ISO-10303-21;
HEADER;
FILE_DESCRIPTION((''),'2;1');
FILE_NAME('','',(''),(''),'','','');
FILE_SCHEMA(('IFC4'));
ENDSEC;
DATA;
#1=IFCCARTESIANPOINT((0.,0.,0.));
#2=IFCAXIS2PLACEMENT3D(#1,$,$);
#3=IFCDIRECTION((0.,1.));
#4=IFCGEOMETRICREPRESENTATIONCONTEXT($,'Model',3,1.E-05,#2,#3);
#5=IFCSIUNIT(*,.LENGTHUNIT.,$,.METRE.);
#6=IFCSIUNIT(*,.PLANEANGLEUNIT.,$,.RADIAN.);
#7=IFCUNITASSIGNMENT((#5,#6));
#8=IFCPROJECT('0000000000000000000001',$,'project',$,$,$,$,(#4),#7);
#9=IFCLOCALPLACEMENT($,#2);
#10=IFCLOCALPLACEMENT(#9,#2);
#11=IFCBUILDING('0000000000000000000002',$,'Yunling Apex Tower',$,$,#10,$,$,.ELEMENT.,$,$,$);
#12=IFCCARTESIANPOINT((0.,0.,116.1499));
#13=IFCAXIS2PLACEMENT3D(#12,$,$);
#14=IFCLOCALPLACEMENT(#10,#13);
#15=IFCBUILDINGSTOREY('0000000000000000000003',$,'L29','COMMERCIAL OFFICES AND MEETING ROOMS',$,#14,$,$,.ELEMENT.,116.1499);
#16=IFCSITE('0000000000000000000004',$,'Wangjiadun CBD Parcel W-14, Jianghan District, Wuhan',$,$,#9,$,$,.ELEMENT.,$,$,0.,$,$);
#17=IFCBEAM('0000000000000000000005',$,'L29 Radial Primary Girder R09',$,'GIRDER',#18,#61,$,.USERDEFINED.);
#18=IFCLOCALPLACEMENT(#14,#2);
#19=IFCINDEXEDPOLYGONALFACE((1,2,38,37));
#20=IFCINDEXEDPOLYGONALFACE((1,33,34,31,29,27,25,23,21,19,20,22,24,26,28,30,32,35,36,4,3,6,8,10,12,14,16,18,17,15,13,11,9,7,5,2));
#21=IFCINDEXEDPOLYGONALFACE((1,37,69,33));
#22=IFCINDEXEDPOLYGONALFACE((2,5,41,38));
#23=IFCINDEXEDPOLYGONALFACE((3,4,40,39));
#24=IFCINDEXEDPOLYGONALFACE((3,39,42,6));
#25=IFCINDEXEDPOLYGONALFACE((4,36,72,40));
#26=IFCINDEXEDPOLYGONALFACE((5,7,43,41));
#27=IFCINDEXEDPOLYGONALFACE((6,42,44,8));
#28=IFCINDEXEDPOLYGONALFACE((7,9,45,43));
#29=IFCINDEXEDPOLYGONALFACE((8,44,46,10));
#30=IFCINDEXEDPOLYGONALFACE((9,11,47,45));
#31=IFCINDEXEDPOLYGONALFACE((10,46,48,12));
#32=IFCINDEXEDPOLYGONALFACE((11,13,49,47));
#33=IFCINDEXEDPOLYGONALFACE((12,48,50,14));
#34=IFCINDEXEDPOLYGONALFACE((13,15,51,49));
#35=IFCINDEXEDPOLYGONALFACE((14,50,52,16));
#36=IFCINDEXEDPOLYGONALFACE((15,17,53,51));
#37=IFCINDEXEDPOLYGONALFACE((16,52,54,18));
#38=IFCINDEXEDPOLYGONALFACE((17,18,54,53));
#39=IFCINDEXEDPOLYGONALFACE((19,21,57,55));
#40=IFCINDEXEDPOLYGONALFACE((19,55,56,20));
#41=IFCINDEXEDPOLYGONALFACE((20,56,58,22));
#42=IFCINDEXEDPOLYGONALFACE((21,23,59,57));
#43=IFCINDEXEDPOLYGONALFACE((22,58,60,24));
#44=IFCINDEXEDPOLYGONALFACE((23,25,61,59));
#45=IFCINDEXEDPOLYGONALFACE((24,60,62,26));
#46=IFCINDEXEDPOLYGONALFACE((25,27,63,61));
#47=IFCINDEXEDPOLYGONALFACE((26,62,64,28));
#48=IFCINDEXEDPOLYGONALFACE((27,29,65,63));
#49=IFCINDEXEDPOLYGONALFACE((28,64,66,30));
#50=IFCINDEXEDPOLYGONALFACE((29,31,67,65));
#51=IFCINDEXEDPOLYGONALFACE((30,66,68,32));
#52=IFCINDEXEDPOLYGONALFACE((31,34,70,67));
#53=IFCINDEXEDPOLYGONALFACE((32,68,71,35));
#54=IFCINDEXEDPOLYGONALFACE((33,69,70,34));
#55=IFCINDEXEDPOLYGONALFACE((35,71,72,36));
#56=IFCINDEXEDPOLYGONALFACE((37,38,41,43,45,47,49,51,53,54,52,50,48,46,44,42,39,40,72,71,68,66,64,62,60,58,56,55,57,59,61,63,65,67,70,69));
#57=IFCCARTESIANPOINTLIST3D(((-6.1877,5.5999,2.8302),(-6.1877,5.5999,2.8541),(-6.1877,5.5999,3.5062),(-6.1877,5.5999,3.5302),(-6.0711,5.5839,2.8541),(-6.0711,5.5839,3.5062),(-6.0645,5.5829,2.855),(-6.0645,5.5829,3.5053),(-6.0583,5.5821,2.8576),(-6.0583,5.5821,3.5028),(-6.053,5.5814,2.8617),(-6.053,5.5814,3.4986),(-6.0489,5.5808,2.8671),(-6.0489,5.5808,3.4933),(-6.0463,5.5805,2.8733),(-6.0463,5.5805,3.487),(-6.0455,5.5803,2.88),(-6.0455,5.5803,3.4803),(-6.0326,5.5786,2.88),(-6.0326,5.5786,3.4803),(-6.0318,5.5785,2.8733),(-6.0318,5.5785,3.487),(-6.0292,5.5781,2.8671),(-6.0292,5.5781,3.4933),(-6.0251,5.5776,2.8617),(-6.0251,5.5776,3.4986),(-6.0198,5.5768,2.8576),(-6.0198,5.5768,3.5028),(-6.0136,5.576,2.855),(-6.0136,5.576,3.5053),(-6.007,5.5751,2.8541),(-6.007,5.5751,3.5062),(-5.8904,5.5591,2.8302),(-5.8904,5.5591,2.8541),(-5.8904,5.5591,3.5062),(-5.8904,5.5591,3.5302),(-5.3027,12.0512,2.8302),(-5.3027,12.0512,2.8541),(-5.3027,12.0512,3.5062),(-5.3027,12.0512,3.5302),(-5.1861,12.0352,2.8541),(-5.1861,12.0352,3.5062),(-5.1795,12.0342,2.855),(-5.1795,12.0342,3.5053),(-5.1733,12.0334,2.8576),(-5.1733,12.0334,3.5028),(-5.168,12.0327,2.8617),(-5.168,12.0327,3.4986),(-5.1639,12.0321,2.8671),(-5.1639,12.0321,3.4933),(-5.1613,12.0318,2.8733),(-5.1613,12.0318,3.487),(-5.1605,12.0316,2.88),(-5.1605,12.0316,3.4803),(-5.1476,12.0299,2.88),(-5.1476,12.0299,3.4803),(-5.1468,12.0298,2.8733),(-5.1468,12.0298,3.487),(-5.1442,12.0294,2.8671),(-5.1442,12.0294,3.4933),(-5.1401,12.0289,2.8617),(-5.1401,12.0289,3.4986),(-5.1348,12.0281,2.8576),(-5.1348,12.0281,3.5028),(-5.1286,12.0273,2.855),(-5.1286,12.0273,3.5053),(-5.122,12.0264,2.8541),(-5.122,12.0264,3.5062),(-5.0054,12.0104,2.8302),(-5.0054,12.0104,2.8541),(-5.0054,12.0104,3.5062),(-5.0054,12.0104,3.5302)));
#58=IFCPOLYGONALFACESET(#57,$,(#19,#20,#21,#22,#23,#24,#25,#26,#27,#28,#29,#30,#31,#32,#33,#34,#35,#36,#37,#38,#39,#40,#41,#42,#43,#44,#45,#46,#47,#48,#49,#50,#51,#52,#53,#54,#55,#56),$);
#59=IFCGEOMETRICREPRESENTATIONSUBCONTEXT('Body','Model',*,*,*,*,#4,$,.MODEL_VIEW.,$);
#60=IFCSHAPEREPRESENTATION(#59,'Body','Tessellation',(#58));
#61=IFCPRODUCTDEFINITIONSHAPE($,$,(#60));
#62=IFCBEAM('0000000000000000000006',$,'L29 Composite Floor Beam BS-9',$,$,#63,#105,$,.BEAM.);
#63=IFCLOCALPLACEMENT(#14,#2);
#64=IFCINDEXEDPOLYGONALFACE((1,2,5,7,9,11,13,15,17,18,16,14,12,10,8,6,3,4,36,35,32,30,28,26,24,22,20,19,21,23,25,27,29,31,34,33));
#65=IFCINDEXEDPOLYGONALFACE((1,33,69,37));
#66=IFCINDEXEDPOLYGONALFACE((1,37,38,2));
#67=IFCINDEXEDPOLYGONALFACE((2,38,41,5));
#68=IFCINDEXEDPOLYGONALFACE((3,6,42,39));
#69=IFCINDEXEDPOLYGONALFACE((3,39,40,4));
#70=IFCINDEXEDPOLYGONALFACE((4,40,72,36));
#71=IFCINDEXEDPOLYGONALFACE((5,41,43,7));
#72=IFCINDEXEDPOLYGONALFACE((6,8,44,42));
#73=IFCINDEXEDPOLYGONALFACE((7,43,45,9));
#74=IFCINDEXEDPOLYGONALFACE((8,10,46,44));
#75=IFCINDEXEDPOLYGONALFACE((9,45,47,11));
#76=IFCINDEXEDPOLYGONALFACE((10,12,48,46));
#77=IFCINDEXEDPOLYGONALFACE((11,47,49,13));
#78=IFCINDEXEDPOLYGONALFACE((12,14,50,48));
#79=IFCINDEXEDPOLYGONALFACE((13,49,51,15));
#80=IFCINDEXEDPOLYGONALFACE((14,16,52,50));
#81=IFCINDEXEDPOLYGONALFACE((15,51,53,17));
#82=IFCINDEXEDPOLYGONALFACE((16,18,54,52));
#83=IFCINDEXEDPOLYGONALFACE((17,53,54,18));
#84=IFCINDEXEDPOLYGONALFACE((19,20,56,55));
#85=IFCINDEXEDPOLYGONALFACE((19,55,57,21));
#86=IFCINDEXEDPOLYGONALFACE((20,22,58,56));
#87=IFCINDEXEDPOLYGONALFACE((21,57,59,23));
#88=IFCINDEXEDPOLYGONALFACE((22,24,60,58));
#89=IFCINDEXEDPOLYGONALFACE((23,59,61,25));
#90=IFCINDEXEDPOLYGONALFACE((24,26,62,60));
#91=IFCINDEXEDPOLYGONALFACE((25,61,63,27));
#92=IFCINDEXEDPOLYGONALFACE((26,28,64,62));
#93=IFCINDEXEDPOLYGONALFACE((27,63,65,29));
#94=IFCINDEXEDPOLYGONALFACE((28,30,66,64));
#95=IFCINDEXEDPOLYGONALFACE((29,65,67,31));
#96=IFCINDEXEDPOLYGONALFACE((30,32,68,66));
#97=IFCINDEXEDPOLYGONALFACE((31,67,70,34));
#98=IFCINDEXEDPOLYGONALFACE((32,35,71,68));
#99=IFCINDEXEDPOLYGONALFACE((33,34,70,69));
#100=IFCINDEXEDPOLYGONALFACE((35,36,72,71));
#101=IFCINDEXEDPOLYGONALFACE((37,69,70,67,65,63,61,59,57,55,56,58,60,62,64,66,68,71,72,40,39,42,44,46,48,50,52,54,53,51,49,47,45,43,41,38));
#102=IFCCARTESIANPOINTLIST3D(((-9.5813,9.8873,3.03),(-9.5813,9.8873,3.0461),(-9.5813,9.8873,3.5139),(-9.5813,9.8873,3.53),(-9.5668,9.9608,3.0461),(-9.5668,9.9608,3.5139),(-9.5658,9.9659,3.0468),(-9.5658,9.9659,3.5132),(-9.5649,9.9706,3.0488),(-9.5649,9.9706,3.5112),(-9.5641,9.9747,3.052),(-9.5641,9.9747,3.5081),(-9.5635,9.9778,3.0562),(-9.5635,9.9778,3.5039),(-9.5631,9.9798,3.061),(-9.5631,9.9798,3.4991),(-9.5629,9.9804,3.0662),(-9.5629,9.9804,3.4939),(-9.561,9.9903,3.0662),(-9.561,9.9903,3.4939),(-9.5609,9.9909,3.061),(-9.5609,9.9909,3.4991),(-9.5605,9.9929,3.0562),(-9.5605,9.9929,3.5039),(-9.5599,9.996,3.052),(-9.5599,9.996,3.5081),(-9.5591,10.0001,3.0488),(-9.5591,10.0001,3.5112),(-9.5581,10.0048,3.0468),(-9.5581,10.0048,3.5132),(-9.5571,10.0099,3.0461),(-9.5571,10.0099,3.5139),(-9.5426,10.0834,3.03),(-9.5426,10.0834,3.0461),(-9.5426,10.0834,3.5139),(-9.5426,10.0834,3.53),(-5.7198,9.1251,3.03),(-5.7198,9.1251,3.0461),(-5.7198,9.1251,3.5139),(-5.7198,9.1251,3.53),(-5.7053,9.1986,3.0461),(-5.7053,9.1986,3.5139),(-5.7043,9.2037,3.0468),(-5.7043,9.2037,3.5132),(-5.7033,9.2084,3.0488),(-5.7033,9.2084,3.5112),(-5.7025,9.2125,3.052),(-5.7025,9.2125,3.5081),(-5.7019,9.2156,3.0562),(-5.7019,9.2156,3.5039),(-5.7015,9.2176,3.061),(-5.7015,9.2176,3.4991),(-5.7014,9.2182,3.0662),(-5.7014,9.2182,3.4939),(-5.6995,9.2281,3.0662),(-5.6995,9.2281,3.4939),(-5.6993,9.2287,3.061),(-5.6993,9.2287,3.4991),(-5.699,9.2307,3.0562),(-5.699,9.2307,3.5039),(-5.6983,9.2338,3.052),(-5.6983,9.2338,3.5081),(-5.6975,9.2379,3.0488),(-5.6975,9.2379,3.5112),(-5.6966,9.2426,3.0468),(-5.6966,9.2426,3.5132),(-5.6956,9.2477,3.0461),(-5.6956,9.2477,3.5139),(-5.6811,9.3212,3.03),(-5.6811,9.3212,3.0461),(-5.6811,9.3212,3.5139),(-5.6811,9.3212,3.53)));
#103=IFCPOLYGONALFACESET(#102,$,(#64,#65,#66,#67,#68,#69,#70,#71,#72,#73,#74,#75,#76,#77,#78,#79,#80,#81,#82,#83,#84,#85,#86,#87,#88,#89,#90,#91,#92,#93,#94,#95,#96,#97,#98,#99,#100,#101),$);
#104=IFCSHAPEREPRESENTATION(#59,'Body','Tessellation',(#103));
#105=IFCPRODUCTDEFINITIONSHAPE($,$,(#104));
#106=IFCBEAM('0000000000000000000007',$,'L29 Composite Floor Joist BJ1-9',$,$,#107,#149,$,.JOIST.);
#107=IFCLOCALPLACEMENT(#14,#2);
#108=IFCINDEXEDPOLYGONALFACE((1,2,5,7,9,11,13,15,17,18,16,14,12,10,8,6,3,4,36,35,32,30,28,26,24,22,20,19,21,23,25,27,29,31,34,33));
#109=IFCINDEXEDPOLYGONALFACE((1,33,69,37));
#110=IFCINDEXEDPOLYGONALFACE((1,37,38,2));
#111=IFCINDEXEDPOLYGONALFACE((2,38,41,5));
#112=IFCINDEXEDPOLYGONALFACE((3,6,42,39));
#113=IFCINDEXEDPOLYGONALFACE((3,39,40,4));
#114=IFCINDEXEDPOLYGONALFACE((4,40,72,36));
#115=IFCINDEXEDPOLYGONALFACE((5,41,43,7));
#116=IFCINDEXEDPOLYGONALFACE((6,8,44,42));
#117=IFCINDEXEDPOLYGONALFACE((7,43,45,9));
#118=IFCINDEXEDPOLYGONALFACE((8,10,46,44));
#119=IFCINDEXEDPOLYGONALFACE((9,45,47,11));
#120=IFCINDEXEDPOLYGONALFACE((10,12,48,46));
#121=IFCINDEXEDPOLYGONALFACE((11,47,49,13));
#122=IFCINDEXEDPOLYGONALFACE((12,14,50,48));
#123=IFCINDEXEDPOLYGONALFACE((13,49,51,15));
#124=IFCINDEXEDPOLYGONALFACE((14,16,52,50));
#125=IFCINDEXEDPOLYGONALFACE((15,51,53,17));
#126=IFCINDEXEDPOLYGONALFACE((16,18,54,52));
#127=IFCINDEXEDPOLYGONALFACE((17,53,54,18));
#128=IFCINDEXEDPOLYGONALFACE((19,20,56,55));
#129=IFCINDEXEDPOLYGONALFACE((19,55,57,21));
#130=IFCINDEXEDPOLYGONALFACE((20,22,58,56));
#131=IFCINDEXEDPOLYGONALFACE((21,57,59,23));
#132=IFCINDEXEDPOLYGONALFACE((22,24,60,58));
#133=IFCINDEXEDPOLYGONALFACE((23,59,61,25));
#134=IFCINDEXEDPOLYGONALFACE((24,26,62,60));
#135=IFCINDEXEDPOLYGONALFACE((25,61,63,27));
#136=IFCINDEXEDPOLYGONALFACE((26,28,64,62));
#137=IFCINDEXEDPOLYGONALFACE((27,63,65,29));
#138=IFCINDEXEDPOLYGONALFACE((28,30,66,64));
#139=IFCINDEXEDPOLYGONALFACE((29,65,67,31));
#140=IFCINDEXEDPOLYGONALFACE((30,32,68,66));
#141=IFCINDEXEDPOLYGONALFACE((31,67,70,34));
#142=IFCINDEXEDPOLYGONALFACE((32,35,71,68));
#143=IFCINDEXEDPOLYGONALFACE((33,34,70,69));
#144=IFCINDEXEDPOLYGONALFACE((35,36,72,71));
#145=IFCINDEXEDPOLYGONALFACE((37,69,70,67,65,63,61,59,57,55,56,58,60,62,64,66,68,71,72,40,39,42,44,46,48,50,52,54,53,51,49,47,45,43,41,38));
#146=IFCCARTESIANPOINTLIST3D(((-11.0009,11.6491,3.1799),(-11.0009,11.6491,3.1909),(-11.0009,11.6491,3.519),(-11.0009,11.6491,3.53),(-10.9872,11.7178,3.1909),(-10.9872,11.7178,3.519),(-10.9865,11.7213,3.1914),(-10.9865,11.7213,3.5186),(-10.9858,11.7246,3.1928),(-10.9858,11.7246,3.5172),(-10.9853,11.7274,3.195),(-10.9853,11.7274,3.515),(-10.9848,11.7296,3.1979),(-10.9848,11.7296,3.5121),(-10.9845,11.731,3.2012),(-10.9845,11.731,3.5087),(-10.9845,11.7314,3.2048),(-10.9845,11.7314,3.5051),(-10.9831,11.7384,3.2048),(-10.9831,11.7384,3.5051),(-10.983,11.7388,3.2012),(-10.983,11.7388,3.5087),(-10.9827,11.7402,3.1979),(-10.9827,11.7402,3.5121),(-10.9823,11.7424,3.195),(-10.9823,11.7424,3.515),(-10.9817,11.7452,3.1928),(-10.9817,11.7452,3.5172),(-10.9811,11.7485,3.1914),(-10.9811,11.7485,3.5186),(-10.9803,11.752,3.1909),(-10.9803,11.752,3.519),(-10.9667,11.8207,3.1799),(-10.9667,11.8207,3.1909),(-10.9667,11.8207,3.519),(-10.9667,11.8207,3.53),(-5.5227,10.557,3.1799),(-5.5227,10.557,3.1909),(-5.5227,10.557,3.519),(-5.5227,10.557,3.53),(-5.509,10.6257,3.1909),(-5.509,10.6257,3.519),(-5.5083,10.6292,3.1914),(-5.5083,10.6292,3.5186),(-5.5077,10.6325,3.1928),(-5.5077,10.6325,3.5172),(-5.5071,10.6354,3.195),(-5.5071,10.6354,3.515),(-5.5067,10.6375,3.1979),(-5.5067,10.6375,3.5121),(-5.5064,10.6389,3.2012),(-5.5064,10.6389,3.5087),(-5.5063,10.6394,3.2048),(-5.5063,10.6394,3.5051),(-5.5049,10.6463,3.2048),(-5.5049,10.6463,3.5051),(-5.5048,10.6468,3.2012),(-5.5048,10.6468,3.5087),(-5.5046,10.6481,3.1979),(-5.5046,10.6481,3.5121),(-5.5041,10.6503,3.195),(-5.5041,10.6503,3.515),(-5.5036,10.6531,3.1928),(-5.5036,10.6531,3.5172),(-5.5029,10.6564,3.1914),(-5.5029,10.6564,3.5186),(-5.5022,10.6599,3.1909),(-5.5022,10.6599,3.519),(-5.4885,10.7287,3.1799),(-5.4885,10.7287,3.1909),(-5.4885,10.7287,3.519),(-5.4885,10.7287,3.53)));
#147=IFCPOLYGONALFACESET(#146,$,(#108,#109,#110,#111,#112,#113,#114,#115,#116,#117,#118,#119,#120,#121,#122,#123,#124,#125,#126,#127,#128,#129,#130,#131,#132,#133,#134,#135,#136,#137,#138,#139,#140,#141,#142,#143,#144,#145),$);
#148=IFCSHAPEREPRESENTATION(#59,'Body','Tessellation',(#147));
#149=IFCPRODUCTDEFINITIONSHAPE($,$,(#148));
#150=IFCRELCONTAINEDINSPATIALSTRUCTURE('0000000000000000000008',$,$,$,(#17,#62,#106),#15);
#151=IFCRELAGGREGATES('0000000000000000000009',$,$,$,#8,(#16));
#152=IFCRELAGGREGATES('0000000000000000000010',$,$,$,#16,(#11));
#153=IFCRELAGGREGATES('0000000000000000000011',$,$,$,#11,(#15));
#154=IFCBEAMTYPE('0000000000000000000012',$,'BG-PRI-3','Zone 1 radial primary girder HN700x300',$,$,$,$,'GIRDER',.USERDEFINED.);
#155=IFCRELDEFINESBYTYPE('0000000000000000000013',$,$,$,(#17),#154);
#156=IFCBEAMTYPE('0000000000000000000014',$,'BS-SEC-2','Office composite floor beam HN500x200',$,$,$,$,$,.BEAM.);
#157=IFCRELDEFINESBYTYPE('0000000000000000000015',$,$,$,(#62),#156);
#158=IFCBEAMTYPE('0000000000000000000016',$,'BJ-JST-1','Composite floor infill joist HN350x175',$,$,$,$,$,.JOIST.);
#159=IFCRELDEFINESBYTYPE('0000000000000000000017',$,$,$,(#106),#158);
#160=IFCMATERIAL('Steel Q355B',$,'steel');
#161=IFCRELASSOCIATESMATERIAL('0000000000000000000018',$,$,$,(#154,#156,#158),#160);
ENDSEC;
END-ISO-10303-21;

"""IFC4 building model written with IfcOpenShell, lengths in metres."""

from ifc_helpers import new_model, si_unit, direction, frame, origin, origin_2d, place, context, subcontext, project, spatial, i_section, extrude, source, transform, mapped, material, material_profile, profile_set, type_object, element, save


model = new_model("IFC4")

# Units and contexts
model_context = context("Model", 3, precision=1e-05, world=origin(), true_north=direction((0.0, 1.0)))
body_context = subcontext(model_context, "Body", "Model", "MODEL_VIEW")
ifc_project = project(units=[si_unit("LENGTHUNIT", "METRE"), si_unit("PLANEANGLEUNIT", "RADIAN")], contexts=[model_context])

# Site, building, storey
site_placement = place(None, origin())
site = spatial("IfcSite", under=ifc_project, at=site_placement, Name="Wangjiadun CBD Parcel W-14, Jianghan District, Wuhan", CompositionType="ELEMENT", RefElevation=0.0)
building_placement = place(site_placement, origin())
building = spatial("IfcBuilding", under=site, at=building_placement, Name="Yunling Apex Tower", CompositionType="ELEMENT")
storey_placement = place(building_placement, frame((0.0, 0.0, 116.1499)))
storey = spatial("IfcBuildingStorey", under=building, at=storey_placement, Name="L29", Description="COMMERCIAL OFFICES AND MEETING ROOMS", CompositionType="ELEMENT", Elevation=116.1499)

# Beams
ifc_material_1 = material(Name="Steel Q355B", Category="steel")
ifc_material_profile_1 = material_profile(ifc_material_1, i_section(OverallWidth=0.3, OverallDepth=0.7, WebThickness=0.0129, FlangeThickness=0.0239, FilletRadius=0.0259, at=origin_2d()))
ifc_profile_set_1 = profile_set([ifc_material_profile_1], Name="Steel Q355B")
beam_type_1 = type_object("IfcBeamType", Name="BG-PRI-3", Description="Zone 1 radial primary girder HN700x300", ElementType="GIRDER", PredefinedType="USERDEFINED", material=ifc_profile_set_1)
shared_shape_1 = source(origin(), body_context, "Body", "SweptSolid", [
    extrude(i_section(OverallWidth=0.3, OverallDepth=0.7, WebThickness=0.0129, FlangeThickness=0.0239, FilletRadius=0.0259, at=origin_2d()), origin(), (0.0, 0.0, 1.0), 6.5117),
])
beam_1_placement = place(storey_placement, frame((-5.1541, 12.0308, 3.1802), z_axis=(-0.135908, -0.990721, 0.0), x_axis=(0.990721, -0.135908, 0.0)))
element("IfcBeam", 1, at=beam_1_placement, inside=storey, type_object=beam_type_1, Name="L29 Radial Primary Girder R09", ObjectType="GIRDER", PredefinedType="USERDEFINED", context=body_context, shape_type="MappedRepresentation", body=[
    mapped(shared_shape_1, transform((0.0, 0.0, 0.0), scale=1.0)),
])
ifc_material_profile_2 = material_profile(ifc_material_1, i_section(OverallWidth=0.2, OverallDepth=0.5, WebThickness=0.01, FlangeThickness=0.0161, FilletRadius=0.02, at=origin_2d()))
ifc_profile_set_2 = profile_set([ifc_material_profile_2], Name="Steel Q355B")
beam_type_2 = type_object("IfcBeamType", Name="BS-SEC-2", Description="Office composite floor beam HN500x200", PredefinedType="BEAM", material=ifc_profile_set_2)
shared_shape_2 = source(origin(), body_context, "Body", "SweptSolid", [
    extrude(i_section(OverallWidth=0.2, OverallDepth=0.5, WebThickness=0.01, FlangeThickness=0.0161, FilletRadius=0.02, at=origin_2d()), origin(), (0.0, 0.0, 1.0), 3.936),
])
beam_2_placement = place(storey_placement, frame((-5.7004, 9.2231, 3.28), z_axis=(-0.981071, 0.193646, 0.0), x_axis=(-0.193646, -0.981071, 0.0)))
element("IfcBeam", 2, at=beam_2_placement, inside=storey, type_object=beam_type_2, Name="L29 Composite Floor Beam BS-9", PredefinedType="BEAM", context=body_context, shape_type="MappedRepresentation", body=[
    mapped(shared_shape_2, transform((0.0, 0.0, 0.0), scale=1.0)),
])
ifc_material_profile_3 = material_profile(ifc_material_1, i_section(OverallWidth=0.175, OverallDepth=0.3501, WebThickness=0.0071, FlangeThickness=0.011, FilletRadius=0.0139, at=origin_2d()))
ifc_profile_set_3 = profile_set([ifc_material_profile_3], Name="Steel Q355B")
beam_type_3 = type_object("IfcBeamType", Name="BJ-JST-1", Description="Composite floor infill joist HN350x175", PredefinedType="JOIST", material=ifc_profile_set_3)
shared_shape_3 = source(origin(), body_context, "Body", "SweptSolid", [
    extrude(i_section(OverallWidth=0.175, OverallDepth=0.3501, WebThickness=0.0071, FlangeThickness=0.011, FilletRadius=0.0139, at=origin_2d()), origin(), (0.0, 0.0, 1.0), 5.5859),
])
beam_3_placement = place(storey_placement, frame((-5.5056, 10.6428, 3.355), z_axis=(-0.980703, 0.195503, 0.0), x_axis=(-0.195503, -0.980703, 0.0)))
element("IfcBeam", 3, at=beam_3_placement, inside=storey, type_object=beam_type_3, Name="L29 Composite Floor Joist BJ1-9", PredefinedType="JOIST", context=body_context, shape_type="MappedRepresentation", body=[
    mapped(shared_shape_3, transform((0.0, 0.0, 0.0), scale=1.0)),
])

save(model, "model.ifc")
